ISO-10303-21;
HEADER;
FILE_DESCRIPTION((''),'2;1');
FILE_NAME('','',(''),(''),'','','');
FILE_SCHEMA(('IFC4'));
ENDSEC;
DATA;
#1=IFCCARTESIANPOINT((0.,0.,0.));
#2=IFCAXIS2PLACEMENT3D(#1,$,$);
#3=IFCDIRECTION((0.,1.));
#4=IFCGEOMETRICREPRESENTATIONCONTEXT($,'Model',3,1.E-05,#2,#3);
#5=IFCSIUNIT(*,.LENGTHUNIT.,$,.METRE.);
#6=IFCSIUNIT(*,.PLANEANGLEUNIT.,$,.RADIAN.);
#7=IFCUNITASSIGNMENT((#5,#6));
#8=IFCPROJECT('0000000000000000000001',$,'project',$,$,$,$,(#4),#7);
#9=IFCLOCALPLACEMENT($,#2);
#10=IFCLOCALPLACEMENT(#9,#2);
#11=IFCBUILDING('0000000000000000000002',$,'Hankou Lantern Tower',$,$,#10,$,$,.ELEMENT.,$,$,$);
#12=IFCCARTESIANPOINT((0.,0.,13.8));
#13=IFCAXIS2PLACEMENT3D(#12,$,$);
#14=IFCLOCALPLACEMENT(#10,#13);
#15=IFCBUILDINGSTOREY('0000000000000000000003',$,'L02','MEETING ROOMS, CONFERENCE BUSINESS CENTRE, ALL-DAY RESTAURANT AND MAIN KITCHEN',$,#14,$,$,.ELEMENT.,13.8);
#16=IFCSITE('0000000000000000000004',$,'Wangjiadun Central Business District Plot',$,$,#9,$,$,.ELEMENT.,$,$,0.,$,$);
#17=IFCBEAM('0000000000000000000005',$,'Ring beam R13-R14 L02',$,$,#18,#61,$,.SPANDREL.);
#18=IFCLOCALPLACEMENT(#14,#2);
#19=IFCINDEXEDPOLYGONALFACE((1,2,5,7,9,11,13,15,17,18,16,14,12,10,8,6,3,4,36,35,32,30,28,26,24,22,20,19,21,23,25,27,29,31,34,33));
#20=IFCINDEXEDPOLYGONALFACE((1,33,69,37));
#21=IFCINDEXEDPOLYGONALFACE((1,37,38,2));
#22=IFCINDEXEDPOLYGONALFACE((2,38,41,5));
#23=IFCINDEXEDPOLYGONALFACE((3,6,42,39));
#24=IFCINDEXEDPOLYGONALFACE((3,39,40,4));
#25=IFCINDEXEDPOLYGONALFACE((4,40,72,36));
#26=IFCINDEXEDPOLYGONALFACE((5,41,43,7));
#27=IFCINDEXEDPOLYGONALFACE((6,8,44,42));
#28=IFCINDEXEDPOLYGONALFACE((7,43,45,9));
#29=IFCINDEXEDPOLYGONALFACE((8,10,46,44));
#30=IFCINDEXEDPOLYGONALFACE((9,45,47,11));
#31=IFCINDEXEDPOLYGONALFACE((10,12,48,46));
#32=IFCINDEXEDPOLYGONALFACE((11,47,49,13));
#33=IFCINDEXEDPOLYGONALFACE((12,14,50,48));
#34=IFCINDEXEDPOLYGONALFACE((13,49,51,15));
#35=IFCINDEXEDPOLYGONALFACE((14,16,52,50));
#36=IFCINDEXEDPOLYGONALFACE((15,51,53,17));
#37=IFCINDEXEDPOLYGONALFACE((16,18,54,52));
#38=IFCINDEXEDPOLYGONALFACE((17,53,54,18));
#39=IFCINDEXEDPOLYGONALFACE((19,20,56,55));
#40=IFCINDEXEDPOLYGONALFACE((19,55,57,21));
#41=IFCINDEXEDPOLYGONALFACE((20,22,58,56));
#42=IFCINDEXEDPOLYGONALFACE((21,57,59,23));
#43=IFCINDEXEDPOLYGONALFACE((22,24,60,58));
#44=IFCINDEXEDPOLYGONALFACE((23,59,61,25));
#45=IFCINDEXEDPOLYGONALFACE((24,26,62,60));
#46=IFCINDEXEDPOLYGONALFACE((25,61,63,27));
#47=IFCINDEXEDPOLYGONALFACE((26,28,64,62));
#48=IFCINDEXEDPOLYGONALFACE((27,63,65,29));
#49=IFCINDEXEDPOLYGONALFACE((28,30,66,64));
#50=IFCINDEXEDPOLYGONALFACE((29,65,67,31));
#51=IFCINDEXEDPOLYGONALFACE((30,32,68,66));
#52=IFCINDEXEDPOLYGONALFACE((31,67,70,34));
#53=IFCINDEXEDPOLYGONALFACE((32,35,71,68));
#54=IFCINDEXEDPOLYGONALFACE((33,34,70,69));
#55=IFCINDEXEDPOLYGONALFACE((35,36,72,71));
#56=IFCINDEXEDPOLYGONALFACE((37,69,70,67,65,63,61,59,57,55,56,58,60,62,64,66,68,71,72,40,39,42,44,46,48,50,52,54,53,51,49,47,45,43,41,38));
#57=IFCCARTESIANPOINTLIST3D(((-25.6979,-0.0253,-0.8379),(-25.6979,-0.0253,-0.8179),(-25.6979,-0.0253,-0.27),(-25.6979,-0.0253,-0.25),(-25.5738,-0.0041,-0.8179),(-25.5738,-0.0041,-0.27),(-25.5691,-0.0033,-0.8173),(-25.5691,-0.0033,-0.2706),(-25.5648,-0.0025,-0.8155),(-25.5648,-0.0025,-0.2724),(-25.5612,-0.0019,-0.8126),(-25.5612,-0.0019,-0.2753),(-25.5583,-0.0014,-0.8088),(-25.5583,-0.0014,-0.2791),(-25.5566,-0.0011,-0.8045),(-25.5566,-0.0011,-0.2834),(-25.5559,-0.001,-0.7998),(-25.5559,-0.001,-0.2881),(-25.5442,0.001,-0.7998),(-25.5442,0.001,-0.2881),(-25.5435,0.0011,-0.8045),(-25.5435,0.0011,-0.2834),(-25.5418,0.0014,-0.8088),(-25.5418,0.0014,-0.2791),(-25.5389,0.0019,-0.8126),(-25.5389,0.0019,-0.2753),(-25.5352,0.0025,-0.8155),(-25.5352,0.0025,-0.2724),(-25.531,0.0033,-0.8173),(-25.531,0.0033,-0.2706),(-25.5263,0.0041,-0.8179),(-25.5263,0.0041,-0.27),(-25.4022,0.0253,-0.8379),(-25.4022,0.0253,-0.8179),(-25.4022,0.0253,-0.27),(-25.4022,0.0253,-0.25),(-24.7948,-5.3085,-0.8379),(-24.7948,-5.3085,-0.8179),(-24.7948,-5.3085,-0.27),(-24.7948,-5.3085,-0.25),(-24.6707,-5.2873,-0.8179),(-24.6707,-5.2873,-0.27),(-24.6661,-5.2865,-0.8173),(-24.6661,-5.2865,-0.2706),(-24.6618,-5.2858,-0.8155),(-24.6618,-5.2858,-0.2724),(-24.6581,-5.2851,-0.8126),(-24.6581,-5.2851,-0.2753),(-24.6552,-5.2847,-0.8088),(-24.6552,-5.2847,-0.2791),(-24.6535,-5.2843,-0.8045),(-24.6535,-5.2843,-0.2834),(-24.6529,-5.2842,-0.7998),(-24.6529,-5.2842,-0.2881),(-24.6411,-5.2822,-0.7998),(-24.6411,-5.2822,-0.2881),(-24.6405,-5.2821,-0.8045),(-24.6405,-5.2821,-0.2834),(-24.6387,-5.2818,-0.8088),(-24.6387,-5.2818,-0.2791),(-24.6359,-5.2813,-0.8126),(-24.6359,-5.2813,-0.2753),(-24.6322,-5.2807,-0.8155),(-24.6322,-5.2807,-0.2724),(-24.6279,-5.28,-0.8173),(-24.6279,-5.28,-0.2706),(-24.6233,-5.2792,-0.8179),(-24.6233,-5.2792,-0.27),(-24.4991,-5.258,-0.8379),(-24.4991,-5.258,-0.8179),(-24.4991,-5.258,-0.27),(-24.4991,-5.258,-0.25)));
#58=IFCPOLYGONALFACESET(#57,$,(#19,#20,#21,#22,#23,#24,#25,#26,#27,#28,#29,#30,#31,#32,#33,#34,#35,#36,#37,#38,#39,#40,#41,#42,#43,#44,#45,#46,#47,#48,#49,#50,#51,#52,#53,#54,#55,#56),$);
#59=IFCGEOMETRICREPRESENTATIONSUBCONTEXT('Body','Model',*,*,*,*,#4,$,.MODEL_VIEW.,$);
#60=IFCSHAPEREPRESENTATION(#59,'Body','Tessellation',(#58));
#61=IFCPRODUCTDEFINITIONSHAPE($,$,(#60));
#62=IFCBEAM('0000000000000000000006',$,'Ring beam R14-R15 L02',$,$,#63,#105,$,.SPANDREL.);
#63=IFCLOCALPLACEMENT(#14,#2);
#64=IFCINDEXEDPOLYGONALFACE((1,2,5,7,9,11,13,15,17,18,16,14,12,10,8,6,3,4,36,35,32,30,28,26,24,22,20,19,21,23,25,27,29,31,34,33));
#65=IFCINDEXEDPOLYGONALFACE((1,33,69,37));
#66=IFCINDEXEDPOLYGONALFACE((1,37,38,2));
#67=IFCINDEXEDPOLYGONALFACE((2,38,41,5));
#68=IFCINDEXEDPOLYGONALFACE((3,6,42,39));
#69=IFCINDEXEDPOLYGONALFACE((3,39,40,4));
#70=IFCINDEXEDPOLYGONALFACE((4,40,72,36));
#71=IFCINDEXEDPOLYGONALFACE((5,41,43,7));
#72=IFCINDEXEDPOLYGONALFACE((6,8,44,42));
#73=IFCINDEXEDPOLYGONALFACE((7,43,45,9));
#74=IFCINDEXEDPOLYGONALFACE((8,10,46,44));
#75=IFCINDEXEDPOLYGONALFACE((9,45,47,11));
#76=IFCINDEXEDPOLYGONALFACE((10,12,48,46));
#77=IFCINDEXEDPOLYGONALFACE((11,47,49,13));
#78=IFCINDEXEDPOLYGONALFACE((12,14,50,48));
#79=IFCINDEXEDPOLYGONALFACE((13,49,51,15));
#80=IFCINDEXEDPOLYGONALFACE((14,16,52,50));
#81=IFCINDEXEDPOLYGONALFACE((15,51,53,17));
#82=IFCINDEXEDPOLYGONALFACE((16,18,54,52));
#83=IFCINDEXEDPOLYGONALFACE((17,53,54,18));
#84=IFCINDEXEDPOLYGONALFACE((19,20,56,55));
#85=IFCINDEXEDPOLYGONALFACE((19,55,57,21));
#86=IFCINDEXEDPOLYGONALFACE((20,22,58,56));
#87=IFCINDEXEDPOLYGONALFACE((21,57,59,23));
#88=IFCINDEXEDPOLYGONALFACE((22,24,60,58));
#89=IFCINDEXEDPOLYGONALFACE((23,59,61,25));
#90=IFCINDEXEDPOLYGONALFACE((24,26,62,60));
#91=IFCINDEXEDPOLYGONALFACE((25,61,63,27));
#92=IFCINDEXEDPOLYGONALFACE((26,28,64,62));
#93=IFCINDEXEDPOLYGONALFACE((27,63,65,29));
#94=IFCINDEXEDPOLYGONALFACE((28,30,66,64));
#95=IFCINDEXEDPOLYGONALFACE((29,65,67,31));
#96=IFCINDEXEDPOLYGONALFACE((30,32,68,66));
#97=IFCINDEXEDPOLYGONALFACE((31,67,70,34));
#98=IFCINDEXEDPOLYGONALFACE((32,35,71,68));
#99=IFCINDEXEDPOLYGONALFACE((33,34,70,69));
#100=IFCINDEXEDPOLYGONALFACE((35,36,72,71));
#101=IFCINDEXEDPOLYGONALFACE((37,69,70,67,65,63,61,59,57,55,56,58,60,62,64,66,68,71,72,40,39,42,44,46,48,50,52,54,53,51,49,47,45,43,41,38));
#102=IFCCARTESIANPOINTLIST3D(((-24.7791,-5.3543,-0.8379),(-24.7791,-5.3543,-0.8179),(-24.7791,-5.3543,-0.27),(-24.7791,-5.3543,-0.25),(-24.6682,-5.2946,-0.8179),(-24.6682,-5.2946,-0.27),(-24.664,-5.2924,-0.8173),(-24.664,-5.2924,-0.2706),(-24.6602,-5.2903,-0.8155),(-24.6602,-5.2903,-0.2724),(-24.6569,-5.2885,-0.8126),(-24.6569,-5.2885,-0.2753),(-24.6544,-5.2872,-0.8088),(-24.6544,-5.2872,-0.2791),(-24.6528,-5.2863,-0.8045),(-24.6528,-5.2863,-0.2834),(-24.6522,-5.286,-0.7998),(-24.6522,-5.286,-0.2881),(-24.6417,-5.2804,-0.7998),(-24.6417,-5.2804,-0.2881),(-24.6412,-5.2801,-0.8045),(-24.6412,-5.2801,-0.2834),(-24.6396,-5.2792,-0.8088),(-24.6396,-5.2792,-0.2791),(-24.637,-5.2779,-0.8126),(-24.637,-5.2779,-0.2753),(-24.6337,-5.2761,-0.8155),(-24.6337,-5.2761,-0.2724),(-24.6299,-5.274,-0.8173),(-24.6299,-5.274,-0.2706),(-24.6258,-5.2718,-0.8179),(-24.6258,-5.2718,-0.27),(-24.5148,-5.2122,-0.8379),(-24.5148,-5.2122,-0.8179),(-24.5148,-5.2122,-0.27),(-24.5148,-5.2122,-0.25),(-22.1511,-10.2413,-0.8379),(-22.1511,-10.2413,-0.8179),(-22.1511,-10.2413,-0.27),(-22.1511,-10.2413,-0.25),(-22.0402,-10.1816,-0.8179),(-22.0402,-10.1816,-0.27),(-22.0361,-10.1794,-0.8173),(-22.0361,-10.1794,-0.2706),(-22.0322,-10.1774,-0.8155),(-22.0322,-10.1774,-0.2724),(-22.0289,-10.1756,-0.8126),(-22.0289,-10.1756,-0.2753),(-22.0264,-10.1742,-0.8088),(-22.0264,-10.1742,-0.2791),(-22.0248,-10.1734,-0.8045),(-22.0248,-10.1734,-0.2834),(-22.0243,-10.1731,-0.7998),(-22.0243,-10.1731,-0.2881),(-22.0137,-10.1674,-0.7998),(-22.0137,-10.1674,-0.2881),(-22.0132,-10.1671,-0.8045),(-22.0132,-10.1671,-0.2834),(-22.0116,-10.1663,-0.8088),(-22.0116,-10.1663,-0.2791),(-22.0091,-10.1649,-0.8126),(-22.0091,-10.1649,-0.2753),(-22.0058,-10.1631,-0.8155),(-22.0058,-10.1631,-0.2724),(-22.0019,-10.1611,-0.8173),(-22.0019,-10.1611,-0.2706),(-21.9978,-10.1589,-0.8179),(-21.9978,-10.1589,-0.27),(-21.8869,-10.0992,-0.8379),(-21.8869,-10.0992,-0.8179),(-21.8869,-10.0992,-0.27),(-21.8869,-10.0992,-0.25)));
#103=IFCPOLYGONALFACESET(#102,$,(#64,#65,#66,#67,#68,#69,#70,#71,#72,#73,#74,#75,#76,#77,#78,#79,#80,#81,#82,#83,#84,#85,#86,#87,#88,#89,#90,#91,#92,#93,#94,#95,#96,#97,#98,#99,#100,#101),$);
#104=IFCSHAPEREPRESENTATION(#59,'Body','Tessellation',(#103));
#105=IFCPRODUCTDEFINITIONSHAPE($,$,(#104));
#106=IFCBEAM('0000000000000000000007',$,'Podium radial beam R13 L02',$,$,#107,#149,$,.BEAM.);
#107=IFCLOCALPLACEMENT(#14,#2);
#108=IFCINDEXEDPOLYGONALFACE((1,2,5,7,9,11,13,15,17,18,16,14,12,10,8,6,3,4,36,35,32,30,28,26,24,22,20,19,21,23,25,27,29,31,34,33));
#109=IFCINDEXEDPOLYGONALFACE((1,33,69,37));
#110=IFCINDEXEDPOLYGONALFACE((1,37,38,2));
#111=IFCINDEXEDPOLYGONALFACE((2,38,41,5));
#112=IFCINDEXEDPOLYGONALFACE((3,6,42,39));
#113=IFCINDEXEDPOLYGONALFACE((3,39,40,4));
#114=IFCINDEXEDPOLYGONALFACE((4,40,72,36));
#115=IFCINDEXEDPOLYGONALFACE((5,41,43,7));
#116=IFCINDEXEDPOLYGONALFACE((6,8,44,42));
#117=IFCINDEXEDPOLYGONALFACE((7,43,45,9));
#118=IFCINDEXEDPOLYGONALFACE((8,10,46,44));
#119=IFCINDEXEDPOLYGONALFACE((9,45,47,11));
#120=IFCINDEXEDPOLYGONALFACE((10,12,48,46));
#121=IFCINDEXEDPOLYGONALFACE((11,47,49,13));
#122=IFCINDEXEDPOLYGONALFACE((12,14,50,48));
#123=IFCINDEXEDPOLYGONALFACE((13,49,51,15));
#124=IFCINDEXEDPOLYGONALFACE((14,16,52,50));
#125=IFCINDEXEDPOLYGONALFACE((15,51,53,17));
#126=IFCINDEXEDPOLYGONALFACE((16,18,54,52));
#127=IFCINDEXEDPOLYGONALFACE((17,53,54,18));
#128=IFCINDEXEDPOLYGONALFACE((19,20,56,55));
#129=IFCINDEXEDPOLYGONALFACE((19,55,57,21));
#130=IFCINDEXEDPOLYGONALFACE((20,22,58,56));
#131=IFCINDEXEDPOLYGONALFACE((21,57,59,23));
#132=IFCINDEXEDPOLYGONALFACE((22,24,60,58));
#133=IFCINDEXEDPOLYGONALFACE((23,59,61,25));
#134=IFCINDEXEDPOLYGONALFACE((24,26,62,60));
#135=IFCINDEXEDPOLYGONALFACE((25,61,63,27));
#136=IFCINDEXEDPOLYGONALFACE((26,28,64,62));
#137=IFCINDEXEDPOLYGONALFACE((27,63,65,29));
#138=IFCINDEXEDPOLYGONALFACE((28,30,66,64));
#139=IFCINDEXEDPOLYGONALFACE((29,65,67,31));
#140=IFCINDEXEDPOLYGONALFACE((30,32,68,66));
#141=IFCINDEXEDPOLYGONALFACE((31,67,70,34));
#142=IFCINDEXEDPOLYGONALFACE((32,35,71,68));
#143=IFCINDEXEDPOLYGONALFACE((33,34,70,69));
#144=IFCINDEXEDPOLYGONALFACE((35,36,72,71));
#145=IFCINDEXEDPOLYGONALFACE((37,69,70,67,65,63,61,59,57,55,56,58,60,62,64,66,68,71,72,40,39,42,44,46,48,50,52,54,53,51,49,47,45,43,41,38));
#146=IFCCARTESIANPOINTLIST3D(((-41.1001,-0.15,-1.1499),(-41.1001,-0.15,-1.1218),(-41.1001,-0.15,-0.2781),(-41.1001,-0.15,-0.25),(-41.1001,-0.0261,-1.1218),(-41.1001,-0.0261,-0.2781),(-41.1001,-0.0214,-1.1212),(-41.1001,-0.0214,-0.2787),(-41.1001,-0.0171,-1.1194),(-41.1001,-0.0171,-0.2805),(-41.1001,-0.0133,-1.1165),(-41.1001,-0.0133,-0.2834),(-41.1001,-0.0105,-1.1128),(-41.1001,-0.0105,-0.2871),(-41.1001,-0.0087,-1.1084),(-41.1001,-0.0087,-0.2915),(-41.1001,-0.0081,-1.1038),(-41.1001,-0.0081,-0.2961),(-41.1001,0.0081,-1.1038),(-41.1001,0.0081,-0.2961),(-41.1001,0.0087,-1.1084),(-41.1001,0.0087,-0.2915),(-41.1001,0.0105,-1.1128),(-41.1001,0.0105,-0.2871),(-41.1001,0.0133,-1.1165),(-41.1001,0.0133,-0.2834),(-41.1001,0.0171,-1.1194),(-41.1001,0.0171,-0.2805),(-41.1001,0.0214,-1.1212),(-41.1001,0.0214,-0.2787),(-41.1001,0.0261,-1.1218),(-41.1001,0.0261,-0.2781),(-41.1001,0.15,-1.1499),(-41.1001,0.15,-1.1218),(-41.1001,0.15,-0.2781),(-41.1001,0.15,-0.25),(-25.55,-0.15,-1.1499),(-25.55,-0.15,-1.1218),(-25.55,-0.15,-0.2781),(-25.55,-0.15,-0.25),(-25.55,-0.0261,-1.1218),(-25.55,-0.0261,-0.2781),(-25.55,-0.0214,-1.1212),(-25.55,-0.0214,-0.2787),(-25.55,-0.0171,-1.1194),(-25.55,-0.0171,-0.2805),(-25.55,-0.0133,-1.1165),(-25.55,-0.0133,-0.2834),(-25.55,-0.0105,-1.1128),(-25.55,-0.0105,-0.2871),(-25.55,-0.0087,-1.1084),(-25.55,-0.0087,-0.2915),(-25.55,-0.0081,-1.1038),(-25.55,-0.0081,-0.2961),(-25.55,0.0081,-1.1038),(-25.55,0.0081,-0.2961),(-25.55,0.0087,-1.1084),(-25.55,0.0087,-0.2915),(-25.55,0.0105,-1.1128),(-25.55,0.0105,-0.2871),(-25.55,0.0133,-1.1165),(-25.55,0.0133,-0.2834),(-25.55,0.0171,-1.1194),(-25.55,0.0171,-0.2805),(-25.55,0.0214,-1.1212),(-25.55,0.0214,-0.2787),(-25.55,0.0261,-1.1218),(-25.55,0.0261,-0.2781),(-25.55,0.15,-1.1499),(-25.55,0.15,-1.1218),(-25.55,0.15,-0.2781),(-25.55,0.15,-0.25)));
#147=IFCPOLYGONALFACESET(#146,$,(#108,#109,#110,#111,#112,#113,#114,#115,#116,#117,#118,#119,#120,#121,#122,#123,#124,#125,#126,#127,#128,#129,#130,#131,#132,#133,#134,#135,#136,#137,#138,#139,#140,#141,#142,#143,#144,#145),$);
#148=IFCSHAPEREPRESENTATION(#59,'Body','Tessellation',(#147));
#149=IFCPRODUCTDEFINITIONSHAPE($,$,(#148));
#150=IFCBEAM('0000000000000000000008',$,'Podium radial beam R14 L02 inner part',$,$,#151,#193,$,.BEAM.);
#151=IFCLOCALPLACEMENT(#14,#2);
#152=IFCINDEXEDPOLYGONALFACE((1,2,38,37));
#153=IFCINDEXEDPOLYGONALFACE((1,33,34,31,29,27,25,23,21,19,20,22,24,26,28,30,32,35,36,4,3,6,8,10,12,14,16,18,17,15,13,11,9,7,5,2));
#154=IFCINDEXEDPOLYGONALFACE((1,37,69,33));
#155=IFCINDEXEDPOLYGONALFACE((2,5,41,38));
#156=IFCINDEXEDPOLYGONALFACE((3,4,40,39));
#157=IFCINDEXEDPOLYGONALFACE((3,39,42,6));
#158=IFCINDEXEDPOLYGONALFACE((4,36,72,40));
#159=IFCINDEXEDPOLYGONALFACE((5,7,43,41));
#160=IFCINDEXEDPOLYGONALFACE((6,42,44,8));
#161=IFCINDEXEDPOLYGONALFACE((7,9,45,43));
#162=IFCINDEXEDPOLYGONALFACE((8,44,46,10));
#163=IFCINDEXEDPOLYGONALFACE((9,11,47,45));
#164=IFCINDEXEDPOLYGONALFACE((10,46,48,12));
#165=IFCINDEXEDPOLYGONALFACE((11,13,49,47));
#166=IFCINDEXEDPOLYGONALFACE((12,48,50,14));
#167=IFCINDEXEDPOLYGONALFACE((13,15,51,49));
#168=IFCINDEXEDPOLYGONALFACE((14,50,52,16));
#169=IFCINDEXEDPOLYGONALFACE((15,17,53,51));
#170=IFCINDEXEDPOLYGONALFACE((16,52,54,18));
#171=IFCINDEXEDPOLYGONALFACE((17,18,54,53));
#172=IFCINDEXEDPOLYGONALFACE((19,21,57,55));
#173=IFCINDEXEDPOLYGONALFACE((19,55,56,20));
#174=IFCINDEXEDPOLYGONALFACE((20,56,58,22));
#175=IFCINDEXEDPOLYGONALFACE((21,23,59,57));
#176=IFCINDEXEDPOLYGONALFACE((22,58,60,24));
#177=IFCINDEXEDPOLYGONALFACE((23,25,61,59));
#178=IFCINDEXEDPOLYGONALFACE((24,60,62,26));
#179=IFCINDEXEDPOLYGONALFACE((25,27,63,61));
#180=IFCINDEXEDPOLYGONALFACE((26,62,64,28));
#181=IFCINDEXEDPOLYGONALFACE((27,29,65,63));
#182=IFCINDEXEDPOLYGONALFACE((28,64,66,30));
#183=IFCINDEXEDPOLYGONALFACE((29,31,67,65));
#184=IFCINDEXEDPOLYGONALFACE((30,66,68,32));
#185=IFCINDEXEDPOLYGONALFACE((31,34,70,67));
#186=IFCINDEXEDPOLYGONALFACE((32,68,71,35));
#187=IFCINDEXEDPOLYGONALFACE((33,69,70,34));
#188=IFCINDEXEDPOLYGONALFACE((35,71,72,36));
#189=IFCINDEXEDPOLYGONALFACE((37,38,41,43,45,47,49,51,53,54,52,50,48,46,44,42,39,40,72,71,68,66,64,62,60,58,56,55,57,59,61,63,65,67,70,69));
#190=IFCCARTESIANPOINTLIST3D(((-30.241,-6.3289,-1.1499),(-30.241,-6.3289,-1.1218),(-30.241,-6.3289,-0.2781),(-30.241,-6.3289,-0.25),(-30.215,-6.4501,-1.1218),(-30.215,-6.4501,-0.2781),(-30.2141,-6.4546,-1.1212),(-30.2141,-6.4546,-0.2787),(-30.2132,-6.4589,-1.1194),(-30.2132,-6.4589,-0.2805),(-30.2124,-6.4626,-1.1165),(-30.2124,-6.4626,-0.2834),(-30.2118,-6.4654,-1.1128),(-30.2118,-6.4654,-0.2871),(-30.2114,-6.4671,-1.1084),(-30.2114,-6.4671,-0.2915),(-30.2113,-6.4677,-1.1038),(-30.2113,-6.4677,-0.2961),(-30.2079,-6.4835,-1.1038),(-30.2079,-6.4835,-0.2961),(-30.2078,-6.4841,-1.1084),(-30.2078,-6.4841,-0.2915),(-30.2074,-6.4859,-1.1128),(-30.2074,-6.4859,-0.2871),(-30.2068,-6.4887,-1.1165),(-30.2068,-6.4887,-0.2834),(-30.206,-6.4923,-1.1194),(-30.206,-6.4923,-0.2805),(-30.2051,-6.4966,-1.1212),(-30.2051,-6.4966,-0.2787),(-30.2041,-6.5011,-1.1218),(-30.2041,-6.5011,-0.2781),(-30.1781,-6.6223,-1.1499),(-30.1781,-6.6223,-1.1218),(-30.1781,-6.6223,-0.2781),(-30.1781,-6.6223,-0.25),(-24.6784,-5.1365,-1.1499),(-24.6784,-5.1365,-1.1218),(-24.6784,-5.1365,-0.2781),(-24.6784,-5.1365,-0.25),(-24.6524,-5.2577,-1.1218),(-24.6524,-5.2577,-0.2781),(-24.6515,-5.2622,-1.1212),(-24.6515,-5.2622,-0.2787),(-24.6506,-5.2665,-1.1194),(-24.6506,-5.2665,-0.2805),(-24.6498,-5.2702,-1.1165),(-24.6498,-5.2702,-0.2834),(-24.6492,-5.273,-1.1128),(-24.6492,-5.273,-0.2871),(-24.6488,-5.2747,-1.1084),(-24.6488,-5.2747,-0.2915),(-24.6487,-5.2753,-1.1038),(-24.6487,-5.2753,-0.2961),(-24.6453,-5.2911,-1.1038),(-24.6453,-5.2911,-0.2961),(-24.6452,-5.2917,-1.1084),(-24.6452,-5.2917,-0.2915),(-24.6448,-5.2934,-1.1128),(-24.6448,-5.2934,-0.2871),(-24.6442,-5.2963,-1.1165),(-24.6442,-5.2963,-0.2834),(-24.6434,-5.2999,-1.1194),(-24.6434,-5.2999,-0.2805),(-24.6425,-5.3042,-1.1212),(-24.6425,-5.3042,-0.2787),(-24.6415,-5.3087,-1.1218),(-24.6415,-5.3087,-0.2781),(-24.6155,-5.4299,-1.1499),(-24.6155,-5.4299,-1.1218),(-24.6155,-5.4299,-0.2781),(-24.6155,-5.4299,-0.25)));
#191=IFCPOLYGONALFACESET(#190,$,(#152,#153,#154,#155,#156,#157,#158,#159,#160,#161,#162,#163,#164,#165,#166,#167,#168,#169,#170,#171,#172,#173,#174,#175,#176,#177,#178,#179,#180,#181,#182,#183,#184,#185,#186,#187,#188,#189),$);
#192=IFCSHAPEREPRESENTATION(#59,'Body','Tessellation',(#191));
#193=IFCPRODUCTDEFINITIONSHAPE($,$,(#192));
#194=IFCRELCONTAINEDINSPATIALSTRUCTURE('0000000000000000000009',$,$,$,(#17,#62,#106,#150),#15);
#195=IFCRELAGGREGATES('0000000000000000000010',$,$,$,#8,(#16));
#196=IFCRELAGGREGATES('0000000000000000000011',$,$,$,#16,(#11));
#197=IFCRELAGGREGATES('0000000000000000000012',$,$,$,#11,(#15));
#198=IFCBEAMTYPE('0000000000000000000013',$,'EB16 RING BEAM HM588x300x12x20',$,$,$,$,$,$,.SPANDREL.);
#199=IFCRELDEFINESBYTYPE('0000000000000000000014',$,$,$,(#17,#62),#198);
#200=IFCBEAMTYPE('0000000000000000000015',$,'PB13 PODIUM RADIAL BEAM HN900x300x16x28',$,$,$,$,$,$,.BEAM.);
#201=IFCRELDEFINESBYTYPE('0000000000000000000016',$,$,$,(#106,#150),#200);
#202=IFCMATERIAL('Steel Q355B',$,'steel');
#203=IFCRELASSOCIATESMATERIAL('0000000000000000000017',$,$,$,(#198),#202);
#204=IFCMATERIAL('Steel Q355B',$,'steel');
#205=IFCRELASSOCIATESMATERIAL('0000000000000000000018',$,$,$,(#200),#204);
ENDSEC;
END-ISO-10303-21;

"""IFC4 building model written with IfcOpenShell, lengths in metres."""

from ifc_helpers import new_model, si_unit, direction, frame, origin, origin_2d, place, context, subcontext, project, spatial, i_section, extrude, material, material_profile, profile_set, type_object, element, save


model = new_model("IFC4")

# Units and contexts
model_context = context("Model", 3, precision=1e-05, world=origin(), true_north=direction((0.0, 1.0)))
body_context = subcontext(model_context, "Body", "Model", "MODEL_VIEW")
ifc_project = project(units=[si_unit("LENGTHUNIT", "METRE"), si_unit("PLANEANGLEUNIT", "RADIAN")], contexts=[model_context])

# Site, building, storey
site_placement = place(None, origin())
site = spatial("IfcSite", under=ifc_project, at=site_placement, Name="Wangjiadun Central Business District Plot", CompositionType="ELEMENT", RefElevation=0.0)
building_placement = place(site_placement, origin())
building = spatial("IfcBuilding", under=site, at=building_placement, Name="Hankou Lantern Tower", CompositionType="ELEMENT")
storey_placement = place(building_placement, frame((0.0, 0.0, 13.8)))
storey = spatial("IfcBuildingStorey", under=building, at=storey_placement, Name="L02", Description="MEETING ROOMS, CONFERENCE BUSINESS CENTRE, ALL-DAY RESTAURANT AND MAIN KITCHEN", CompositionType="ELEMENT", Elevation=13.8)

# Beams
ifc_material_1 = material(Name="Steel Q355B", Category="steel")
ifc_material_profile_1 = material_profile(ifc_material_1, i_section(OverallWidth=0.3, OverallDepth=0.5879, WebThickness=0.012, FlangeThickness=0.02, FilletRadius=0.0181, at=origin_2d()), Name="HM588x300x12x20")
ifc_profile_set_1 = profile_set([ifc_material_profile_1], Name="Steel Q355B")
beam_type_1 = type_object("IfcBeamType", Name="EB16 RING BEAM HM588x300x12x20", PredefinedType="SPANDREL", material=ifc_profile_set_1)
beam_1_placement = place(storey_placement, frame((-25.55, 0.0, -0.5439), z_axis=(0.16849, -0.985703, 0.0), x_axis=(0.985703, 0.16849, 0.0)))
element("IfcBeam", 1, at=beam_1_placement, inside=storey, type_object=beam_type_1, Name="Ring beam R13-R14 L02", PredefinedType="SPANDREL", context=body_context, shape_type="SweptSolid", body=[
    extrude(i_section(OverallWidth=0.3, OverallDepth=0.5879, WebThickness=0.012, FlangeThickness=0.02, FilletRadius=0.0181, at=origin_2d()), origin(), (0.0, 0.0, 1.0), 5.3599),
])
beam_2_placement = place(storey_placement, frame((-24.647, -5.2832, -0.5439), z_axis=(0.473609, -0.880735, 0.0), x_axis=(0.880735, 0.473609, 0.0)))
element("IfcBeam", 2, at=beam_2_placement, inside=storey, type_object=beam_type_1, Name="Ring beam R14-R15 L02", PredefinedType="SPANDREL", context=body_context, shape_type="SweptSolid", body=[
    extrude(i_section(OverallWidth=0.3, OverallDepth=0.5879, WebThickness=0.012, FlangeThickness=0.02, FilletRadius=0.0181, at=origin_2d()), origin(), (0.0, 0.0, 1.0), 5.5488),
])
ifc_material_2 = material(Name="Steel Q355B", Category="steel")
ifc_material_profile_2 = material_profile(ifc_material_2, i_section(OverallWidth=0.3, OverallDepth=0.8999, WebThickness=0.0161, FlangeThickness=0.0281, FilletRadius=0.0181, at=origin_2d()), Name="HN900x300x16x28")
ifc_profile_set_2 = profile_set([ifc_material_profile_2], Name="Steel Q355B")
beam_type_2 = type_object("IfcBeamType", Name="PB13 PODIUM RADIAL BEAM HN900x300x16x28", PredefinedType="BEAM", material=ifc_profile_set_2)
beam_3_placement = place(storey_placement, frame((-25.55, 0.0, -0.7), z_axis=(-1.0, 0.0, 0.0), x_axis=(0.0, -1.0, 0.0)))
element("IfcBeam", 3, at=beam_3_placement, inside=storey, type_object=beam_type_2, Name="Podium radial beam R13 L02", PredefinedType="BEAM", context=body_context, shape_type="SweptSolid", body=[
    extrude(i_section(OverallWidth=0.3, OverallDepth=0.8999, WebThickness=0.0161, FlangeThickness=0.0281, FilletRadius=0.0181, at=origin_2d()), origin(), (0.0, 0.0, 1.0), 15.55),
])
beam_4_placement = place(storey_placement, frame((-24.647, -5.2832, -0.7), z_axis=(-0.977787, -0.209599, 0.0), x_axis=(0.209599, -0.977787, 0.0)))
element("IfcBeam", 4, at=beam_4_placement, inside=storey, type_object=beam_type_2, Name="Podium radial beam R14 L02 inner part", PredefinedType="BEAM", context=body_context, shape_type="SweptSolid", body=[
    extrude(i_section(OverallWidth=0.3, OverallDepth=0.8999, WebThickness=0.0161, FlangeThickness=0.0281, FilletRadius=0.0181, at=origin_2d()), origin(), (0.0, 0.0, 1.0), 5.689),
])

save(model, "model.ifc")
